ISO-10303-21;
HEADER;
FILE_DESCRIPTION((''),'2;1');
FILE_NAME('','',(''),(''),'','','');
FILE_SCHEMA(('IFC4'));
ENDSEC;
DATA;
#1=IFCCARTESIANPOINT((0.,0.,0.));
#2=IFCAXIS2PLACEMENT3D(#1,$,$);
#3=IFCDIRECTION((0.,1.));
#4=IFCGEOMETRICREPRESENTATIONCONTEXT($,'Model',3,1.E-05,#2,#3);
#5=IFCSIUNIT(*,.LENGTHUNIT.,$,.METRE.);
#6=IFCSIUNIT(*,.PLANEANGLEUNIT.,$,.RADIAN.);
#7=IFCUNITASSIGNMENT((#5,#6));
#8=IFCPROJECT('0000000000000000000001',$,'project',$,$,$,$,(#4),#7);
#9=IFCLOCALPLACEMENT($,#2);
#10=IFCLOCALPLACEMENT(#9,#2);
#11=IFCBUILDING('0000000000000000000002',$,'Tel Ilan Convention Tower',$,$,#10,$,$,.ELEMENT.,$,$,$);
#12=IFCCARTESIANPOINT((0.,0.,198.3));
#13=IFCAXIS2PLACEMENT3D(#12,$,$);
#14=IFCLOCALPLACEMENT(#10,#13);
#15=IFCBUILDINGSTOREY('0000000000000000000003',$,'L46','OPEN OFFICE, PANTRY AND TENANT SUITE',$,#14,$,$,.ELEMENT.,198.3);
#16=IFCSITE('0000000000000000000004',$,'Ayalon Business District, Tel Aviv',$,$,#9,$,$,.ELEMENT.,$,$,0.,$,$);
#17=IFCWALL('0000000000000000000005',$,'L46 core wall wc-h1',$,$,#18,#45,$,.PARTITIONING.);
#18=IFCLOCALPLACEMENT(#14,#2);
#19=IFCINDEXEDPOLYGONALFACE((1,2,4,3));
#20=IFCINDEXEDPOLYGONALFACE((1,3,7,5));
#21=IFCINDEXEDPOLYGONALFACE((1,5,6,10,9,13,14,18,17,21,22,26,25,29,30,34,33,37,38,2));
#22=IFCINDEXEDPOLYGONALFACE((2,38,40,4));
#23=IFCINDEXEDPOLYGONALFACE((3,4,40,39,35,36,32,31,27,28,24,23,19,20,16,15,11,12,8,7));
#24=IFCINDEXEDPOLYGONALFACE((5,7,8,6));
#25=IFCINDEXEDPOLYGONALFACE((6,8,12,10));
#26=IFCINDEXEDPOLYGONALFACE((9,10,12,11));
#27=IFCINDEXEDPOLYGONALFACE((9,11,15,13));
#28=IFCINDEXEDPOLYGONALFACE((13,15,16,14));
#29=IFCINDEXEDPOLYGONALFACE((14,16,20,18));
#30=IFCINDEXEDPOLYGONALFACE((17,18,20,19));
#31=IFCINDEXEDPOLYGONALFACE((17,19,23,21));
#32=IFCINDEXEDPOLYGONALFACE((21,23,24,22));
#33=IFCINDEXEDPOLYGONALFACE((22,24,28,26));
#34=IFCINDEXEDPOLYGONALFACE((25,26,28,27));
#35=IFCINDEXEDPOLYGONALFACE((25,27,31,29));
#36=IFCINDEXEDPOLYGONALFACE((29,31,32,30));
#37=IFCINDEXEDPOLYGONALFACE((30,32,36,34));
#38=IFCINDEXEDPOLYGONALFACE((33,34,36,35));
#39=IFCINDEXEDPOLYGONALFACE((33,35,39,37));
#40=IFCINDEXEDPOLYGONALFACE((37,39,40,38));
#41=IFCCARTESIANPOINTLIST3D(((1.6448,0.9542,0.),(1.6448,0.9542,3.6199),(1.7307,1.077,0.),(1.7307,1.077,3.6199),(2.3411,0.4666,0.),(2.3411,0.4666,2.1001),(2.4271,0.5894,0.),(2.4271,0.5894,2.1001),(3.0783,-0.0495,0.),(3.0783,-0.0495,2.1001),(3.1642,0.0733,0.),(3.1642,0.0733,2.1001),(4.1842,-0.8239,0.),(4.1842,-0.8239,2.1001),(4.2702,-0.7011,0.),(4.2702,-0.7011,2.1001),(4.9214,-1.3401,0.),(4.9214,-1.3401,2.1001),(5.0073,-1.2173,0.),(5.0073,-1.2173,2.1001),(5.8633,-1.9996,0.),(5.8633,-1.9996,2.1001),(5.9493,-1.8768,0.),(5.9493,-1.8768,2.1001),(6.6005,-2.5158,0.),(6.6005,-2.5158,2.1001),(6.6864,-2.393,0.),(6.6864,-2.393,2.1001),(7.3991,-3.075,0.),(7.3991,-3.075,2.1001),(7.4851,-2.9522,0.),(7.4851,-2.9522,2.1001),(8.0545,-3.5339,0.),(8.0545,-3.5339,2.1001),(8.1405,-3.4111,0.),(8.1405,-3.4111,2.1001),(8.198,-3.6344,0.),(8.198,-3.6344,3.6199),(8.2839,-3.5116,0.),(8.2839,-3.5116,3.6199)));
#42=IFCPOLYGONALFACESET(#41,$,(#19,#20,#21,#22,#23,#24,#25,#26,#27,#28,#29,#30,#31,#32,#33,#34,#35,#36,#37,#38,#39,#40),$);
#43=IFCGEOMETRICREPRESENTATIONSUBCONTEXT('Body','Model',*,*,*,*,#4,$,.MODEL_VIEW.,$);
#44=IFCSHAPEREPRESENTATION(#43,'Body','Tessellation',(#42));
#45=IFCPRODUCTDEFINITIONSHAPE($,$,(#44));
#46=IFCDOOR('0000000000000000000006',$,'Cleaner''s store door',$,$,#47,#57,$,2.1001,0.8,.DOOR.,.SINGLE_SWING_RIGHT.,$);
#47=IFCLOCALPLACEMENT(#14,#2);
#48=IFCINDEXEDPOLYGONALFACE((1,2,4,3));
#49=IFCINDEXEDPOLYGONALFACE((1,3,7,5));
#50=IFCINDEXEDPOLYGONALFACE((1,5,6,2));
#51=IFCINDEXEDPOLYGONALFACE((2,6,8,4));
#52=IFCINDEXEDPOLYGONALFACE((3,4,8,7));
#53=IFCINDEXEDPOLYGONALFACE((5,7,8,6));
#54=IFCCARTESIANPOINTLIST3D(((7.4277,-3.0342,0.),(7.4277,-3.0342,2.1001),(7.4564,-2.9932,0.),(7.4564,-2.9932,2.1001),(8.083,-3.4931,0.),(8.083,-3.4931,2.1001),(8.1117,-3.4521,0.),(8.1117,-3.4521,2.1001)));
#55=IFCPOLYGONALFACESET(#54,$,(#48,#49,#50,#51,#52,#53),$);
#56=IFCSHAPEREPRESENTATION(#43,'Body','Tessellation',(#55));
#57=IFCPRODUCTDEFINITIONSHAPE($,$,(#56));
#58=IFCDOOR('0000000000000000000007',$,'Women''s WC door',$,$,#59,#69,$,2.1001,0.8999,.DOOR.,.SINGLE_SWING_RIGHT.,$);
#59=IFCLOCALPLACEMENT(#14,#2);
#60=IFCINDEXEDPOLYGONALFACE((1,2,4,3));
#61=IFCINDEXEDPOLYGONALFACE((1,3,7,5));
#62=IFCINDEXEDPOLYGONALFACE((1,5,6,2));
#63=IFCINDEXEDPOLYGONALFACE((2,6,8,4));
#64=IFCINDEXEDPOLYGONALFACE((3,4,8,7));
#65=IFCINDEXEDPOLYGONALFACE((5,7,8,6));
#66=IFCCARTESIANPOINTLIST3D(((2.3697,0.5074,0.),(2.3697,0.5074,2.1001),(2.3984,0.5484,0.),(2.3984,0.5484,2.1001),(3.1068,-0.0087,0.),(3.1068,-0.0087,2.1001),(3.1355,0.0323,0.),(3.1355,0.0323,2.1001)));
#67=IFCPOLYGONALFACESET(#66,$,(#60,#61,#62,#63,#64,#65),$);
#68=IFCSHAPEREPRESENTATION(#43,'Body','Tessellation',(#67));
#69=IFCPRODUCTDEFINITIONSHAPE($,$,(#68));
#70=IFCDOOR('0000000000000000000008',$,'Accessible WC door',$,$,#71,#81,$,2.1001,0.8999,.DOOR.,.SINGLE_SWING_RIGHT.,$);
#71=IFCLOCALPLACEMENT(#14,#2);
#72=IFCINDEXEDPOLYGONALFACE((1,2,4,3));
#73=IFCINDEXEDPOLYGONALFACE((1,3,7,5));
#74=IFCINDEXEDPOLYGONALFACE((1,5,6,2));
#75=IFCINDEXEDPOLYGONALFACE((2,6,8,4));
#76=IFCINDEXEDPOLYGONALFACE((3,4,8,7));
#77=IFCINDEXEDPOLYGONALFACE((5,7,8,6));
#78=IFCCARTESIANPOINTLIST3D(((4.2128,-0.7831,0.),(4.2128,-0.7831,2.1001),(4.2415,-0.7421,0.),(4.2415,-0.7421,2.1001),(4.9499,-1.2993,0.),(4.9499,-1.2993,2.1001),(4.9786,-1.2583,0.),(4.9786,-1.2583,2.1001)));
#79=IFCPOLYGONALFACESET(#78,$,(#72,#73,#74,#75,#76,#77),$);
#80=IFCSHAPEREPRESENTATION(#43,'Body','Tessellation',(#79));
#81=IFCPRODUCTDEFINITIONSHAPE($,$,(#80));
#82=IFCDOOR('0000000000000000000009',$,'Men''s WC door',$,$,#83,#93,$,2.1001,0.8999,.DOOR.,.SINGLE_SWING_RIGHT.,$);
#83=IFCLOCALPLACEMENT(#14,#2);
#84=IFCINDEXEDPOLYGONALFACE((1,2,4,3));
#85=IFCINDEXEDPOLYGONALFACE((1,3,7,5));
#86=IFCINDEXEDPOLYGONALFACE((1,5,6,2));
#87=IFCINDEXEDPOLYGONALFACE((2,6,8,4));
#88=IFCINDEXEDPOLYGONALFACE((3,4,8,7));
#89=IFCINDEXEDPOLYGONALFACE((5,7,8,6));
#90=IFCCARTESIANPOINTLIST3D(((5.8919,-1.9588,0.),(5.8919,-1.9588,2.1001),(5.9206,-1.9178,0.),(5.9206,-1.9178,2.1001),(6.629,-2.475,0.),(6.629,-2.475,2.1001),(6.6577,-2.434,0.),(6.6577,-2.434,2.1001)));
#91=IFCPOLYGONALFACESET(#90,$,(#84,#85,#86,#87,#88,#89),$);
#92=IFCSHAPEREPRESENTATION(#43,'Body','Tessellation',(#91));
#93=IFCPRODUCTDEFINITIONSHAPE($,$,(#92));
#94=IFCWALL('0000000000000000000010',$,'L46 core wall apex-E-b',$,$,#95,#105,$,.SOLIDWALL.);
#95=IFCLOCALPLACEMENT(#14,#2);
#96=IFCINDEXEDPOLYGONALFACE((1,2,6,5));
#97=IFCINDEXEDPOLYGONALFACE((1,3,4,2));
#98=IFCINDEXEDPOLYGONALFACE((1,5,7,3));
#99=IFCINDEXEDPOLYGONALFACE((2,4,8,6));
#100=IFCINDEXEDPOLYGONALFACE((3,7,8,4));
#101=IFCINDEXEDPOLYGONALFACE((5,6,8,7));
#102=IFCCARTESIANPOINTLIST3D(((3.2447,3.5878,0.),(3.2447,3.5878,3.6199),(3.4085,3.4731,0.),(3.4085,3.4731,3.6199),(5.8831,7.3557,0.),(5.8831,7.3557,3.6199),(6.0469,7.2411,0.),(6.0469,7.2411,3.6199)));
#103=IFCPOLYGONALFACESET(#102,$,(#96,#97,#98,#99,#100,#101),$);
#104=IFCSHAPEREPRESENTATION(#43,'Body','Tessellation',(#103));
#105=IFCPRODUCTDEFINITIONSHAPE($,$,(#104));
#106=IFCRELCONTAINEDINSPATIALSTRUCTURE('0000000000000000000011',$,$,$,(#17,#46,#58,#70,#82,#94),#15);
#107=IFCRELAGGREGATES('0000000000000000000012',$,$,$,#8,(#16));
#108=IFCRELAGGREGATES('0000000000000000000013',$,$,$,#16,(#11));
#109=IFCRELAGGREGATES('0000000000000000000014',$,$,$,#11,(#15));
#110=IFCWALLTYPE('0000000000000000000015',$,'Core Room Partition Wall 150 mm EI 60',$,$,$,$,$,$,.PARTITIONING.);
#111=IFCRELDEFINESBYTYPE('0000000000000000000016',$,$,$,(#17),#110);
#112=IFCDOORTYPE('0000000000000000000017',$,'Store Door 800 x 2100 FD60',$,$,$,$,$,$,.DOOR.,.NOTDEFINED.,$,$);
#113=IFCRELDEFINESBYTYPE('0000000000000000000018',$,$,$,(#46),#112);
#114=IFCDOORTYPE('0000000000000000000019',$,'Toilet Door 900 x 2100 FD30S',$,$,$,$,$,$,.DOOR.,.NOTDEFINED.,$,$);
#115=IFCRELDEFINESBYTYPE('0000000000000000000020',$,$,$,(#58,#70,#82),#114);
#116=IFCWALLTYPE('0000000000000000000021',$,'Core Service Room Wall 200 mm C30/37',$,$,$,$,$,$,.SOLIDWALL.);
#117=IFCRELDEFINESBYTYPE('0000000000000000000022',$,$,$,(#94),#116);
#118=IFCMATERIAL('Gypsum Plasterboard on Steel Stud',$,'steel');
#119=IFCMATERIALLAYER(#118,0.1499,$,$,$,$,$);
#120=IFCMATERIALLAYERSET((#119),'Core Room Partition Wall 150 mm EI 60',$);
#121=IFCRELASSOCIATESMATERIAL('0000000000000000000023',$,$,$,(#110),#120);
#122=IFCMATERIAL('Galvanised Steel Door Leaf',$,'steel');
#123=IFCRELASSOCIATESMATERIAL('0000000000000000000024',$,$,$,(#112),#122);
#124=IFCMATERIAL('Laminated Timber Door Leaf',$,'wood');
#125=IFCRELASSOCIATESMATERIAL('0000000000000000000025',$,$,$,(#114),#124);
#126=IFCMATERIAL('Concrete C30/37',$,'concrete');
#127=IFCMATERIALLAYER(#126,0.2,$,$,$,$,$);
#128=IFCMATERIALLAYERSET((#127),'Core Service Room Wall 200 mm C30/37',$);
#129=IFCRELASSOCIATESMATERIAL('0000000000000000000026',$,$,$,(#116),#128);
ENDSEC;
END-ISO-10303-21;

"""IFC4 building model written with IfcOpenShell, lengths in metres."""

from ifc_helpers import new_model, si_unit, direction, frame, frame_2d, origin, place, context, subcontext, project, spatial, rectangle, extrude, material, layer, layer_set, type_object, element, fill, save


model = new_model("IFC4")

# Units and contexts
model_context = context("Model", 3, precision=1e-05, world=origin(), true_north=direction((0.0, 1.0)))
body_context = subcontext(model_context, "Body", "Model", "MODEL_VIEW")
ifc_project = project(units=[si_unit("LENGTHUNIT", "METRE"), si_unit("PLANEANGLEUNIT", "RADIAN")], contexts=[model_context])

# Site, building, storey
site_placement = place(None, origin())
site = spatial("IfcSite", under=ifc_project, at=site_placement, Name="Ayalon Business District, Tel Aviv", CompositionType="ELEMENT", RefElevation=0.0)
building_placement = place(site_placement, origin())
building = spatial("IfcBuilding", under=site, at=building_placement, Name="Tel Ilan Convention Tower", CompositionType="ELEMENT")
storey_placement = place(building_placement, frame((0.0, 0.0, 198.3)))
storey = spatial("IfcBuildingStorey", under=building, at=storey_placement, Name="L46", Description="OPEN OFFICE, PANTRY AND TENANT SUITE", CompositionType="ELEMENT", Elevation=198.3)

# Wall, openings, doors
ifc_material_1 = material(Name="Gypsum Plasterboard on Steel Stud", Category="steel")
ifc_layer_1 = layer(ifc_material_1, 0.1499)
ifc_layer_set_1 = layer_set([ifc_layer_1], Name="Core Room Partition Wall 150 mm EI 60")
wall_type_1 = type_object("IfcWallType", Name="Core Room Partition Wall 150 mm EI 60", PredefinedType="PARTITIONING", material=ifc_layer_set_1)
wall_1_placement = place(storey_placement, frame((1.6877, 1.0156, 0.0), z_axis=(0.0, 0.0, 1.0), x_axis=(0.819152, -0.573577, 0.0)))
wall_1 = element("IfcWall", 1, at=wall_1_placement, inside=storey, type_object=wall_type_1, Name="L46 core wall wc-h1", PredefinedType="PARTITIONING", context=body_context, shape_type="SweptSolid", body=[
    extrude(rectangle(XDim=8.0, YDim=0.1499, at=frame_2d((4.0, 0.0))), origin(), (0.0, 0.0, 1.0), 3.6199),
])
opening_1_placement = place(wall_1_placement, frame((0.8501, 0.0, 0.0)))
opening_1 = element("IfcOpeningElement", 2, at=opening_1_placement, cuts=wall_1, PredefinedType="OPENING", context=body_context, shape_type="SweptSolid", body=[
    extrude(rectangle(XDim=0.8999, YDim=2.1001, at=frame_2d((0.45, 1.05))), frame((0.0, 0.085, 0.0), z_axis=(0.0, -1.0, 0.0), x_axis=(1.0, 0.0, 0.0)), (0.0, 0.0, 1.0), 0.1699),
])
opening_2_placement = place(wall_1_placement, frame((3.1001, 0.0, 0.0)))
opening_2 = element("IfcOpeningElement", 3, at=opening_2_placement, cuts=wall_1, PredefinedType="OPENING", context=body_context, shape_type="SweptSolid", body=[
    extrude(rectangle(XDim=0.8999, YDim=2.1001, at=frame_2d((0.45, 1.05))), frame((0.0, 0.085, 0.0), z_axis=(0.0, -1.0, 0.0), x_axis=(1.0, 0.0, 0.0)), (0.0, 0.0, 1.0), 0.1699),
])
opening_3_placement = place(wall_1_placement, frame((5.1499, 0.0, 0.0)))
opening_3 = element("IfcOpeningElement", 4, at=opening_3_placement, cuts=wall_1, PredefinedType="OPENING", context=body_context, shape_type="SweptSolid", body=[
    extrude(rectangle(XDim=0.8999, YDim=2.1001, at=frame_2d((0.45, 1.05))), frame((0.0, 0.085, 0.0), z_axis=(0.0, -1.0, 0.0), x_axis=(1.0, 0.0, 0.0)), (0.0, 0.0, 1.0), 0.1699),
])
opening_4_placement = place(wall_1_placement, frame((7.0249, 0.0, 0.0)))
opening_4 = element("IfcOpeningElement", 5, at=opening_4_placement, cuts=wall_1, PredefinedType="OPENING", context=body_context, shape_type="SweptSolid", body=[
    extrude(rectangle(XDim=0.8, YDim=2.1001, at=frame_2d((0.3999, 1.05))), frame((0.0, 0.085, 0.0), z_axis=(0.0, -1.0, 0.0), x_axis=(1.0, 0.0, 0.0)), (0.0, 0.0, 1.0), 0.1699),
])
ifc_material_2 = material(Name="Galvanised Steel Door Leaf", Category="steel")
door_type_1 = type_object("IfcDoorType", Name="Store Door 800 x 2100 FD60", OperationType="NOTDEFINED", PredefinedType="DOOR", material=ifc_material_2)
door_1_placement = place(opening_4_placement, origin())
door_1 = element("IfcDoor", 6, at=door_1_placement, inside=storey, type_object=door_type_1, Name="Cleaner's store door", OperationType="SINGLE_SWING_RIGHT", OverallHeight=2.1001, OverallWidth=0.8, PredefinedType="DOOR", context=body_context, shape_type="SweptSolid", body=[
    extrude(rectangle(XDim=0.8, YDim=2.1001, at=frame_2d((0.3999, 1.05))), frame((0.0, 0.0249, 0.0), z_axis=(0.0, -1.0, 0.0), x_axis=(1.0, 0.0, 0.0)), (0.0, 0.0, 1.0), 0.05),
])
fill(opening_4, door_1)
ifc_material_3 = material(Name="Laminated Timber Door Leaf", Category="wood")
door_type_2 = type_object("IfcDoorType", Name="Toilet Door 900 x 2100 FD30S", OperationType="NOTDEFINED", PredefinedType="DOOR", material=ifc_material_3)
door_2_placement = place(opening_1_placement, origin())
door_2 = element("IfcDoor", 7, at=door_2_placement, inside=storey, type_object=door_type_2, Name="Women's WC door", OperationType="SINGLE_SWING_RIGHT", OverallHeight=2.1001, OverallWidth=0.8999, PredefinedType="DOOR", context=body_context, shape_type="SweptSolid", body=[
    extrude(rectangle(XDim=0.8999, YDim=2.1001, at=frame_2d((0.45, 1.05))), frame((0.0, 0.0249, 0.0), z_axis=(0.0, -1.0, 0.0), x_axis=(1.0, 0.0, 0.0)), (0.0, 0.0, 1.0), 0.05),
])
fill(opening_1, door_2)
door_3_placement = place(opening_2_placement, origin())
door_3 = element("IfcDoor", 8, at=door_3_placement, inside=storey, type_object=door_type_2, Name="Accessible WC door", OperationType="SINGLE_SWING_RIGHT", OverallHeight=2.1001, OverallWidth=0.8999, PredefinedType="DOOR", context=body_context, shape_type="SweptSolid", body=[
    extrude(rectangle(XDim=0.8999, YDim=2.1001, at=frame_2d((0.45, 1.05))), frame((0.0, 0.0249, 0.0), z_axis=(0.0, -1.0, 0.0), x_axis=(1.0, 0.0, 0.0)), (0.0, 0.0, 1.0), 0.05),
])
fill(opening_2, door_3)
door_4_placement = place(opening_3_placement, origin())
door_4 = element("IfcDoor", 9, at=door_4_placement, inside=storey, type_object=door_type_2, Name="Men's WC door", OperationType="SINGLE_SWING_RIGHT", OverallHeight=2.1001, OverallWidth=0.8999, PredefinedType="DOOR", context=body_context, shape_type="SweptSolid", body=[
    extrude(rectangle(XDim=0.8999, YDim=2.1001, at=frame_2d((0.45, 1.05))), frame((0.0, 0.0249, 0.0), z_axis=(0.0, -1.0, 0.0), x_axis=(1.0, 0.0, 0.0)), (0.0, 0.0, 1.0), 0.05),
])
fill(opening_3, door_4)

# Wall
ifc_material_4 = material(Name="Concrete C30/37", Category="concrete")
ifc_layer_2 = layer(ifc_material_4, 0.2)
ifc_layer_set_2 = layer_set([ifc_layer_2], Name="Core Service Room Wall 200 mm C30/37")
wall_type_2 = type_object("IfcWallType", Name="Core Service Room Wall 200 mm C30/37", PredefinedType="SOLIDWALL", material=ifc_layer_set_2)
wall_2_placement = place(storey_placement, frame((3.3267, 3.5305, 0.0), z_axis=(0.0, 0.0, 1.0), x_axis=(0.573576, 0.819152, 0.0)))
element("IfcWall", 10, at=wall_2_placement, inside=storey, type_object=wall_type_2, Name="L46 core wall apex-E-b", PredefinedType="SOLIDWALL", context=body_context, shape_type="SweptSolid", body=[
    extrude(rectangle(XDim=4.5999, YDim=0.2, at=frame_2d((2.2998, 0.0))), origin(), (0.0, 0.0, 1.0), 3.6199),
])

save(model, "model.ifc")
